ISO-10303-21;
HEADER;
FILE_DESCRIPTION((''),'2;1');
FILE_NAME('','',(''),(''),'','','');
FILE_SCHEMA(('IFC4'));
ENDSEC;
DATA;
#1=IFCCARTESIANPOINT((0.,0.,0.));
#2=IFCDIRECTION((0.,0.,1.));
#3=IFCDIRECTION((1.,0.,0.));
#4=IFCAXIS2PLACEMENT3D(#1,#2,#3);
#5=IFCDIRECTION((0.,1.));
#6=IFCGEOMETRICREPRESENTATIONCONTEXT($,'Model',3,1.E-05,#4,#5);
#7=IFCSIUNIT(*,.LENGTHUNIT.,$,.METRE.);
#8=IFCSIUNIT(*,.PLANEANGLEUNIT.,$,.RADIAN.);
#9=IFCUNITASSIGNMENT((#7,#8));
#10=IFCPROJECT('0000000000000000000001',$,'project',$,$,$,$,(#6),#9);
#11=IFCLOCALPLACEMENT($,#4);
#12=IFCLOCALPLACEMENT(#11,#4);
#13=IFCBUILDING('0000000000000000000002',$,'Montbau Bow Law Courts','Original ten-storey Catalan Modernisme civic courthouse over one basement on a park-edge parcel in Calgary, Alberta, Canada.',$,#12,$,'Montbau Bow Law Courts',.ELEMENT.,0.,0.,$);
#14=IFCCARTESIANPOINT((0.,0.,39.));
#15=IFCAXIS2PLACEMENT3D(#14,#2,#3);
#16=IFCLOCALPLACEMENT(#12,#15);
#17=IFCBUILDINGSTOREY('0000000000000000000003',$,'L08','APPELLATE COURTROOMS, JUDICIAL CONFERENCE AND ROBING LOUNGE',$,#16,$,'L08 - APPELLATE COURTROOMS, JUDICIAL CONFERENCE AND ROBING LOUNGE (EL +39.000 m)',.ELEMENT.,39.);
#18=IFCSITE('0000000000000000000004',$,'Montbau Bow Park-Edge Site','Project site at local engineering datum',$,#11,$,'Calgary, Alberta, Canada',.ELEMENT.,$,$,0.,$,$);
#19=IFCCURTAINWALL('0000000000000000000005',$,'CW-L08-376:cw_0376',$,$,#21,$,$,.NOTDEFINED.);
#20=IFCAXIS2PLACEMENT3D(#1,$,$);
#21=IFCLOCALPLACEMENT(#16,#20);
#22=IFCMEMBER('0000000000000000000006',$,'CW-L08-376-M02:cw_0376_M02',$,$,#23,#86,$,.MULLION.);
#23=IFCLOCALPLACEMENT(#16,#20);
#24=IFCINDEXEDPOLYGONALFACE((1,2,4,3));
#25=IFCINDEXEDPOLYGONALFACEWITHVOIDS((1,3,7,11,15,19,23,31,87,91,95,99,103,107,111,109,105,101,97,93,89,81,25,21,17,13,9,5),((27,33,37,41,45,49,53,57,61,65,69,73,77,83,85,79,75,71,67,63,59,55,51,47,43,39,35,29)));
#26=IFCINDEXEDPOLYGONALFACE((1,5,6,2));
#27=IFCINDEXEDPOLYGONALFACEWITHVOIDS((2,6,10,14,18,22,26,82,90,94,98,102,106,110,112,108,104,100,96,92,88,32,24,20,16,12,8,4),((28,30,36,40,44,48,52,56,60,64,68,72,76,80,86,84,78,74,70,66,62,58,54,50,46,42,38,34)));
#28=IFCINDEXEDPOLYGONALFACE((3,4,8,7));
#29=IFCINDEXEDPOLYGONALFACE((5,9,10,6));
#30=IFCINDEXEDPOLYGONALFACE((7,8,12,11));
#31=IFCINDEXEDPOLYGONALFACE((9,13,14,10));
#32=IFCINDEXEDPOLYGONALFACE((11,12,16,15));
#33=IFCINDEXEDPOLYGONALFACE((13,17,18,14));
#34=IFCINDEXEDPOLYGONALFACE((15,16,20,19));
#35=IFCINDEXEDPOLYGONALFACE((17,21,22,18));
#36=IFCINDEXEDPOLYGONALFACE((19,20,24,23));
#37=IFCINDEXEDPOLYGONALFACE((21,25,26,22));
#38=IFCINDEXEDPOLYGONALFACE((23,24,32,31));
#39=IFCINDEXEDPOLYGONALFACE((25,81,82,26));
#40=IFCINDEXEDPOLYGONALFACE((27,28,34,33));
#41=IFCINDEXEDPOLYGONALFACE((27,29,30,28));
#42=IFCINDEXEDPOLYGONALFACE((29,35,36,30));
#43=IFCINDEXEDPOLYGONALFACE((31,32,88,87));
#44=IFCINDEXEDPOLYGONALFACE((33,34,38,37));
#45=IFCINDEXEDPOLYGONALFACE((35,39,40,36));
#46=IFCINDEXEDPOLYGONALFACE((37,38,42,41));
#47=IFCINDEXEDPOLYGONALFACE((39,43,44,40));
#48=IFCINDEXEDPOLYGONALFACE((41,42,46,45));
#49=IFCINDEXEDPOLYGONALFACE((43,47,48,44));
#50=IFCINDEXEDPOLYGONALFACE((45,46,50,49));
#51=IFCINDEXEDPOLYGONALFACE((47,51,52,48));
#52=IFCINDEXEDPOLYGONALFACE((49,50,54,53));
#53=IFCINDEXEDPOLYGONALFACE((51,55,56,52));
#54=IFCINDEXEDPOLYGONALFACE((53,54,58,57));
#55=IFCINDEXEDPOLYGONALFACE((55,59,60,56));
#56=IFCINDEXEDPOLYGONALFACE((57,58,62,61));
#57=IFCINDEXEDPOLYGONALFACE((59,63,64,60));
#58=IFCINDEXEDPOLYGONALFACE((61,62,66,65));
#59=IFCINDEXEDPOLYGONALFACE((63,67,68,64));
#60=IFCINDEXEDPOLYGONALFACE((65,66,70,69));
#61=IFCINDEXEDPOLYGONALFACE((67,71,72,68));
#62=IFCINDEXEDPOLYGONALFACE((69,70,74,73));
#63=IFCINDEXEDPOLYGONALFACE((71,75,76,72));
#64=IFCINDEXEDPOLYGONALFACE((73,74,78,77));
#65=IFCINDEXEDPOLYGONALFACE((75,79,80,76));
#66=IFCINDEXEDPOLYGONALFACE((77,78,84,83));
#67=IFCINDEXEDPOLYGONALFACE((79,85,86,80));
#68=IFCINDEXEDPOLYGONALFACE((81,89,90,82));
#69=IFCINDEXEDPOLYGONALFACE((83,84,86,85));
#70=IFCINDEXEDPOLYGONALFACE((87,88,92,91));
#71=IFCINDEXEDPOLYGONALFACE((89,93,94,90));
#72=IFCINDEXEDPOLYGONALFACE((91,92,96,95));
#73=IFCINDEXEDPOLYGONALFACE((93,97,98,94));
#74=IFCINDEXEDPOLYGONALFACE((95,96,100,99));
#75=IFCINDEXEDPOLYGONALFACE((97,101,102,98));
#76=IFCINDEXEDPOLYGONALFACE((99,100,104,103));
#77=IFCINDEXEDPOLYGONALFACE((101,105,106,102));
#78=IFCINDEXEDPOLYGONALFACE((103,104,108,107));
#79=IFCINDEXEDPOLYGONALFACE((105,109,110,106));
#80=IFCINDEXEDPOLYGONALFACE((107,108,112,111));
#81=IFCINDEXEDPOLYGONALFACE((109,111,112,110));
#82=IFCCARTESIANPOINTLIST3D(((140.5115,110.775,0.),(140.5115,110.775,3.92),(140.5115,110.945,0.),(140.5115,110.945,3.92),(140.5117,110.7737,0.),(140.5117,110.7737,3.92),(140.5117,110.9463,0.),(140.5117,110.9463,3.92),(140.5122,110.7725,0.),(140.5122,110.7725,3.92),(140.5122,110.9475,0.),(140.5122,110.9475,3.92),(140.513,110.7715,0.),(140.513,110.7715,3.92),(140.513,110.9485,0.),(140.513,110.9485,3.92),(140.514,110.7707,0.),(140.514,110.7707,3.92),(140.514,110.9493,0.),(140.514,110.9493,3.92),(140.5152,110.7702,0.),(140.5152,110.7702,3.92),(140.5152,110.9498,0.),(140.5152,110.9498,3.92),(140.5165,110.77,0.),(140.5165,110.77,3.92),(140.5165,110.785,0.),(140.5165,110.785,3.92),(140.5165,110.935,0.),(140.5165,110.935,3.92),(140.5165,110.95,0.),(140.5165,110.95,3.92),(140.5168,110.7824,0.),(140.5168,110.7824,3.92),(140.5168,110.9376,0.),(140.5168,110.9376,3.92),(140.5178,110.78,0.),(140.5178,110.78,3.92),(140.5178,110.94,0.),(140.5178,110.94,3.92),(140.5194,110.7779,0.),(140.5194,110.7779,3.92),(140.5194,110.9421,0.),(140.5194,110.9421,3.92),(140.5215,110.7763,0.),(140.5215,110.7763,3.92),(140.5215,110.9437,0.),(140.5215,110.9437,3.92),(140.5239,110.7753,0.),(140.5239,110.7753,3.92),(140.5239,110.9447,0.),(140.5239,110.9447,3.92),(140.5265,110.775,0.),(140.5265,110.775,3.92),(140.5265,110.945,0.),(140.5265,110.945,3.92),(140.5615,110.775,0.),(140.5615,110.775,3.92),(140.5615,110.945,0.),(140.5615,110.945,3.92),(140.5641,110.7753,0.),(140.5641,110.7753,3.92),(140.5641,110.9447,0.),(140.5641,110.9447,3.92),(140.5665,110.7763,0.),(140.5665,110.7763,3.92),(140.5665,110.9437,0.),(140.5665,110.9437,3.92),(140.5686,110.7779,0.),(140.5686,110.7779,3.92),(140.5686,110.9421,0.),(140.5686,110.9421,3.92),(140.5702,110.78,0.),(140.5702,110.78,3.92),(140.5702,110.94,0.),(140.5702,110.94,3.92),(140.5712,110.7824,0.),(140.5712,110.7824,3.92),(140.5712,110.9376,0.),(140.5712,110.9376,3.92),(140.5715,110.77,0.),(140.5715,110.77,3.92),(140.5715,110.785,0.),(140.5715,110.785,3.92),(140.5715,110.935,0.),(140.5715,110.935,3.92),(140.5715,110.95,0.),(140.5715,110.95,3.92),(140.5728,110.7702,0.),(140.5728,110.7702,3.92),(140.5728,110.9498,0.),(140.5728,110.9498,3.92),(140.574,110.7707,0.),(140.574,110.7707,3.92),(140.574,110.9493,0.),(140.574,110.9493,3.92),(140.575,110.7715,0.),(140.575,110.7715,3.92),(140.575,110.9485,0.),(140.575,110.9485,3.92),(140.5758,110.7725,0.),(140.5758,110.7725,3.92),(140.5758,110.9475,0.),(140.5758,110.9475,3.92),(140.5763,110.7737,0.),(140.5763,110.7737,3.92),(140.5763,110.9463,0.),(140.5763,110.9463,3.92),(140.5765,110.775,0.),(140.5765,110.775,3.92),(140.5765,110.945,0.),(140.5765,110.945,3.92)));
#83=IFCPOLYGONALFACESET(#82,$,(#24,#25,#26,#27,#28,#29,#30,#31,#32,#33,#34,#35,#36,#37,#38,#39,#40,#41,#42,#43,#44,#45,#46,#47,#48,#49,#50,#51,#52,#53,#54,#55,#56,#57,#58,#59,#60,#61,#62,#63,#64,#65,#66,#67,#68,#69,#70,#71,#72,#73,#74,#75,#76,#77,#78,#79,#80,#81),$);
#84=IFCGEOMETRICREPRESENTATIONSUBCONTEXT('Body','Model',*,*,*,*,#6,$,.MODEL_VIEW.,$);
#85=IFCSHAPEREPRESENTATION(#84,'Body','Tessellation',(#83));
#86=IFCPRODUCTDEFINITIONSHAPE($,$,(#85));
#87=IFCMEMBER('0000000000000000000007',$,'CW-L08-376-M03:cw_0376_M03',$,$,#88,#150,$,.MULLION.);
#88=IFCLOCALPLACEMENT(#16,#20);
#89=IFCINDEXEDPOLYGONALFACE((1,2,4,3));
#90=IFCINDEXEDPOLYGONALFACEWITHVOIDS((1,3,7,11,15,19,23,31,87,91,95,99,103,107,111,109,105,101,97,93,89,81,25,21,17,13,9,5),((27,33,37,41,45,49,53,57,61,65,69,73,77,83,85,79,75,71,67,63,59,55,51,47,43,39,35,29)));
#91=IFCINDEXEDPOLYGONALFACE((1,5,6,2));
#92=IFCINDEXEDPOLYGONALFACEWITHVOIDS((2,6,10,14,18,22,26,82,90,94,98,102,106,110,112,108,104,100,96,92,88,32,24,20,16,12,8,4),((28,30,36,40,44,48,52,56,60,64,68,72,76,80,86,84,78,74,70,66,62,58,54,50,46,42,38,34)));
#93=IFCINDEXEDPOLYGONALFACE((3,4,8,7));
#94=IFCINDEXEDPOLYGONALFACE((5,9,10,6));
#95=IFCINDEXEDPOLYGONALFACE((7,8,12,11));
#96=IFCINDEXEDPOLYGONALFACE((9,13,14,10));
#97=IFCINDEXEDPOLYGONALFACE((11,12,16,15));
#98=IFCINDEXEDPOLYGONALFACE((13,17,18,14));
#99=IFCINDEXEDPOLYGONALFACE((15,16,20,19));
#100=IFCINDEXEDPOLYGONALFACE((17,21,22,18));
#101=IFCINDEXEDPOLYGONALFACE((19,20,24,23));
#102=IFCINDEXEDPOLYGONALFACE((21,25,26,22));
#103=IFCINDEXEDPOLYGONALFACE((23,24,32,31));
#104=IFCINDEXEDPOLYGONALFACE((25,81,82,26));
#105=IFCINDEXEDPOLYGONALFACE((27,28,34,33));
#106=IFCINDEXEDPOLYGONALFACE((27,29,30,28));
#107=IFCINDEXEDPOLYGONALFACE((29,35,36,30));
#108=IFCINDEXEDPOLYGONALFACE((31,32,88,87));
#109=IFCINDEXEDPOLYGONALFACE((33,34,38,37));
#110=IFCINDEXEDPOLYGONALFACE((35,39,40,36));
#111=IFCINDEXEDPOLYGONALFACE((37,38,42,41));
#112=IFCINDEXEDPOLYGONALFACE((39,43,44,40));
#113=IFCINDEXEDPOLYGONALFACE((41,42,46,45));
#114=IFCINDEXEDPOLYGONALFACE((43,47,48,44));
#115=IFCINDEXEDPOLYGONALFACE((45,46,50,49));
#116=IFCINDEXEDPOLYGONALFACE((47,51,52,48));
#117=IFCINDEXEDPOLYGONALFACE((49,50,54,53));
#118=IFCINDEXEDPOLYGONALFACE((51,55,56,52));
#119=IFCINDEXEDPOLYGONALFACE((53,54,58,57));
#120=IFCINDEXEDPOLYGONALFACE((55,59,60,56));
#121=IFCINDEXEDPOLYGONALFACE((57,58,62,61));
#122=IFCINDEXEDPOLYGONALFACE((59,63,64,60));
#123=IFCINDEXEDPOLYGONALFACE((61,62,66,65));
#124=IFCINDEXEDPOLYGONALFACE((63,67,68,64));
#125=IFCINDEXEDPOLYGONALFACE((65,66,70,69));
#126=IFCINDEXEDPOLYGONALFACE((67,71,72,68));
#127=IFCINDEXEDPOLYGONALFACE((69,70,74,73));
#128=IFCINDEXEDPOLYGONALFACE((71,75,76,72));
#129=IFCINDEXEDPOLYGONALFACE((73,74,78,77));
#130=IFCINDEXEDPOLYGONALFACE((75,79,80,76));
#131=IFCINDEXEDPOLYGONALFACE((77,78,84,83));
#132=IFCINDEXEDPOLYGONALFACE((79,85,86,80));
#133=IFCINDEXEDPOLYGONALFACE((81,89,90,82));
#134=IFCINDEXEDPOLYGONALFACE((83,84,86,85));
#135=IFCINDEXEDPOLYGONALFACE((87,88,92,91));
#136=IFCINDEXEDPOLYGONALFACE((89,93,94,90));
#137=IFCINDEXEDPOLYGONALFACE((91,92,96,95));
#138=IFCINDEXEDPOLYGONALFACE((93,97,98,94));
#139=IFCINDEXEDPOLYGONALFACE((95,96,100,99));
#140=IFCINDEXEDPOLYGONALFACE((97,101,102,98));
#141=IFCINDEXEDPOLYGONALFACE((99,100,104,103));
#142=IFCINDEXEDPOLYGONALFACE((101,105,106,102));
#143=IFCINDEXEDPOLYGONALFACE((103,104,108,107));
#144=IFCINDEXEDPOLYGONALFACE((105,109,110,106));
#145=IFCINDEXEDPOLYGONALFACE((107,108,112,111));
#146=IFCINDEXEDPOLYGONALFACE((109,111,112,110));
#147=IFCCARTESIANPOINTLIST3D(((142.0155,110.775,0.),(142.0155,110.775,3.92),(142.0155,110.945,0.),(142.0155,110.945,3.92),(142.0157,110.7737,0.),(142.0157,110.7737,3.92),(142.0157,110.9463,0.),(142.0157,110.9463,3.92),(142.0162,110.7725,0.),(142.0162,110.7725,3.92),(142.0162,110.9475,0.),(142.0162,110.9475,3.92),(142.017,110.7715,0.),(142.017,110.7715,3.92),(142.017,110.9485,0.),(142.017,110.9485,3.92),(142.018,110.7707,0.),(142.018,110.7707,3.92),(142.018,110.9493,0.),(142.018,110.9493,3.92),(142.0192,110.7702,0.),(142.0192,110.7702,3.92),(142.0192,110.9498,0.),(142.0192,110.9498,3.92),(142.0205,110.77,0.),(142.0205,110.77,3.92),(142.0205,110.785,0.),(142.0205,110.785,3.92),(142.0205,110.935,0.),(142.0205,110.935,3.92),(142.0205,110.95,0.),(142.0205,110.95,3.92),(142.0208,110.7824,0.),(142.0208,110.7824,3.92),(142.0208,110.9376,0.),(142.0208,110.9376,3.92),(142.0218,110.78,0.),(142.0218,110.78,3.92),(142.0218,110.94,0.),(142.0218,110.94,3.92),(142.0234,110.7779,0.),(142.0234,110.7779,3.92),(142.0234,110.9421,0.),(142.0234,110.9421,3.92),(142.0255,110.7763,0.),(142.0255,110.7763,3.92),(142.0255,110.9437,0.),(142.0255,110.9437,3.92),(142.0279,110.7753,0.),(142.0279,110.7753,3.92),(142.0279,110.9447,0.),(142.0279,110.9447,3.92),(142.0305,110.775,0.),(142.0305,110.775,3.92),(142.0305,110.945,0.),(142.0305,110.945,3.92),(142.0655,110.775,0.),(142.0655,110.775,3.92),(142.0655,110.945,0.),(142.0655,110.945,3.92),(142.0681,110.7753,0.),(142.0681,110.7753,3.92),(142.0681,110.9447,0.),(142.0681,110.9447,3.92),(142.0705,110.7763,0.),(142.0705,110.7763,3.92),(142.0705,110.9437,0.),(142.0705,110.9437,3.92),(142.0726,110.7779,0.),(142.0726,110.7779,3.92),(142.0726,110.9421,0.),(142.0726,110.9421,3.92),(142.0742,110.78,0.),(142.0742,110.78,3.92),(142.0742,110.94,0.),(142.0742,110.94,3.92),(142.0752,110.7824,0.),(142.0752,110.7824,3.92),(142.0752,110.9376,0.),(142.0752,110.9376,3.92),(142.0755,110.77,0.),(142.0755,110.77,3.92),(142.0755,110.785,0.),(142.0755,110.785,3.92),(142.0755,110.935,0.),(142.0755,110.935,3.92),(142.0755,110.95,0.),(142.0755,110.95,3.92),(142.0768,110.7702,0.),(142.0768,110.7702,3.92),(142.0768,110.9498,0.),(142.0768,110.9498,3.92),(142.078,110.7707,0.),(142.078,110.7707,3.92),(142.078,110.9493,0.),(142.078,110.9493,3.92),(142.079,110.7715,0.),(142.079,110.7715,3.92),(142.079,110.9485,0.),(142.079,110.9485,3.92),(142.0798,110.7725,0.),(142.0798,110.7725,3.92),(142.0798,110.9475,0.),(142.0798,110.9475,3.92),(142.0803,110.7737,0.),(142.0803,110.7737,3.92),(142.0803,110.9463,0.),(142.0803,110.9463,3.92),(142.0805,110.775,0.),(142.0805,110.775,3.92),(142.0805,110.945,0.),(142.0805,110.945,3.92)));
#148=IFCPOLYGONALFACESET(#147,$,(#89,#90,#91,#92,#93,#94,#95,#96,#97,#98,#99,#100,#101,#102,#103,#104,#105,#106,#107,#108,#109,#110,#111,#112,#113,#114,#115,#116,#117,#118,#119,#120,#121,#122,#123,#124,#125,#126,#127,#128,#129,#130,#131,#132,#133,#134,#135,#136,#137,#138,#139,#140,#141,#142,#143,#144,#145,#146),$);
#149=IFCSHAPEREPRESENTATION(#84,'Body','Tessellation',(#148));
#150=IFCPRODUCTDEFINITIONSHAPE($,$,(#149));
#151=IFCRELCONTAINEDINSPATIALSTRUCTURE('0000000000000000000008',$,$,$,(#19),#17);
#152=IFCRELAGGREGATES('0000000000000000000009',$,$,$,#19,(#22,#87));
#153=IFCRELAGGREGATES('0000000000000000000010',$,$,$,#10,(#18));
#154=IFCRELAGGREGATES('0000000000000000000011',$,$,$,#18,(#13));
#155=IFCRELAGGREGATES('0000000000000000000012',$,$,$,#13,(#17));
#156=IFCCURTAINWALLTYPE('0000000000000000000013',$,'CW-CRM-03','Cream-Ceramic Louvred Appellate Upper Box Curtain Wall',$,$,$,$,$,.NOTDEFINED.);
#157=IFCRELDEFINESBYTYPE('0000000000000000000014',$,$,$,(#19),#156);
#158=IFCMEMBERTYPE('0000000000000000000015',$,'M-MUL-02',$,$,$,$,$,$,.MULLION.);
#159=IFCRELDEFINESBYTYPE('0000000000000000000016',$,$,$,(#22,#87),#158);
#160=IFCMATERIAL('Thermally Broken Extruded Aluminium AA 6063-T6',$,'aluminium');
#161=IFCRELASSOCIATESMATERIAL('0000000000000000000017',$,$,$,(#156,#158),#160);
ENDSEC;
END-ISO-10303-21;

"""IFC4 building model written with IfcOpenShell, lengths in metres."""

from ifc_helpers import new_model, si_unit, direction, frame, origin_with_axes, origin_2d_with_axis, place, context, subcontext, project, spatial, hollow_rectangle, extrude, material, material_profile, profile_set, type_object, element, aggregate, save


model = new_model("IFC4")

# Units and contexts
model_context = context("Model", 3, precision=1e-05, world=origin_with_axes(), true_north=direction((0.0, 1.0)))
body_context = subcontext(model_context, "Body", "Model", "MODEL_VIEW")
ifc_project = project(units=[si_unit("LENGTHUNIT", "METRE"), si_unit("PLANEANGLEUNIT", "RADIAN")], contexts=[model_context])

# Site, building, storey
site_placement = place(None, origin_with_axes())
site = spatial("IfcSite", under=ifc_project, at=site_placement, Name="Montbau Bow Park-Edge Site", Description="Project site at local engineering datum", LongName="Calgary, Alberta, Canada", CompositionType="ELEMENT", RefElevation=0.0)
building_placement = place(site_placement, origin_with_axes())
building = spatial("IfcBuilding", under=site, at=building_placement, Name="Montbau Bow Law Courts", Description="Original ten-storey Catalan Modernisme civic courthouse over one basement on a park-edge parcel in Calgary, Alberta, Canada.", LongName="Montbau Bow Law Courts", CompositionType="ELEMENT", ElevationOfRefHeight=0.0, ElevationOfTerrain=0.0)
storey_placement = place(building_placement, frame((0.0, 0.0, 39.0), z_axis=(0.0, 0.0, 1.0), x_axis=(1.0, 0.0, 0.0)))
storey = spatial("IfcBuildingStorey", under=building, at=storey_placement, Name="L08", Description="APPELLATE COURTROOMS, JUDICIAL CONFERENCE AND ROBING LOUNGE", LongName="L08 - APPELLATE COURTROOMS, JUDICIAL CONFERENCE AND ROBING LOUNGE (EL +39.000 m)", CompositionType="ELEMENT", Elevation=39.0)

# Curtain wall, members
ifc_material_1 = material(Name="Thermally Broken Extruded Aluminium AA 6063-T6", Category="aluminium")
curtain_wall_type = type_object("IfcCurtainWallType", Name="CW-CRM-03", Description="Cream-Ceramic Louvred Appellate Upper Box Curtain Wall", PredefinedType="NOTDEFINED", material=ifc_material_1)
curtain_wall_1_placement = place(None, frame((139.04, 110.86, 39.0), z_axis=(0.0, 0.0, 1.0), x_axis=(1.0, 0.0, 0.0)))
curtain_wall_1 = element("IfcCurtainWall", 1, at=curtain_wall_1_placement, inside=storey, type_object=curtain_wall_type, Name="CW-L08-376:cw_0376", PredefinedType="NOTDEFINED")
ifc_material_profile_1 = material_profile(ifc_material_1, hollow_rectangle(XDim=0.065, YDim=0.18, WallThickness=0.005, InnerFilletRadius=0.01, OuterFilletRadius=0.005, at=origin_2d_with_axis()), Name="CWM-180X65", Category="Main", Priority=0)
ifc_profile_set_1 = profile_set([ifc_material_profile_1], Name="Thermally Broken Extruded Aluminium AA 6063-T6")
member_type_1 = type_object("IfcMemberType", Name="M-MUL-02", PredefinedType="MULLION", material=ifc_profile_set_1)
member_1_placement = place(None, frame((140.544, 110.86, 39.0), z_axis=(0.0, 0.0, 1.0), x_axis=(1.0, 0.0, 0.0)))
member_1 = element("IfcMember", 2, at=member_1_placement, type_object=member_type_1, Name="CW-L08-376-M02:cw_0376_M02", PredefinedType="MULLION", context=body_context, shape_type="SweptSolid", body=[
    extrude(hollow_rectangle(XDim=0.065, YDim=0.18, WallThickness=0.005, InnerFilletRadius=0.01, OuterFilletRadius=0.005, at=origin_2d_with_axis()), origin_with_axes(), (0.0, 0.0, 1.0), 3.92),
])
member_2_placement = place(None, frame((142.048, 110.86, 39.0), z_axis=(0.0, 0.0, 1.0), x_axis=(1.0, 0.0, 0.0)))
member_2 = element("IfcMember", 3, at=member_2_placement, type_object=member_type_1, Name="CW-L08-376-M03:cw_0376_M03", PredefinedType="MULLION", context=body_context, shape_type="SweptSolid", body=[
    extrude(hollow_rectangle(XDim=0.065, YDim=0.18, WallThickness=0.005, InnerFilletRadius=0.01, OuterFilletRadius=0.005, at=origin_2d_with_axis()), origin_with_axes(), (0.0, 0.0, 1.0), 3.92),
])

aggregate(curtain_wall_1, [member_1, member_2])

save(model, "model.ifc")
